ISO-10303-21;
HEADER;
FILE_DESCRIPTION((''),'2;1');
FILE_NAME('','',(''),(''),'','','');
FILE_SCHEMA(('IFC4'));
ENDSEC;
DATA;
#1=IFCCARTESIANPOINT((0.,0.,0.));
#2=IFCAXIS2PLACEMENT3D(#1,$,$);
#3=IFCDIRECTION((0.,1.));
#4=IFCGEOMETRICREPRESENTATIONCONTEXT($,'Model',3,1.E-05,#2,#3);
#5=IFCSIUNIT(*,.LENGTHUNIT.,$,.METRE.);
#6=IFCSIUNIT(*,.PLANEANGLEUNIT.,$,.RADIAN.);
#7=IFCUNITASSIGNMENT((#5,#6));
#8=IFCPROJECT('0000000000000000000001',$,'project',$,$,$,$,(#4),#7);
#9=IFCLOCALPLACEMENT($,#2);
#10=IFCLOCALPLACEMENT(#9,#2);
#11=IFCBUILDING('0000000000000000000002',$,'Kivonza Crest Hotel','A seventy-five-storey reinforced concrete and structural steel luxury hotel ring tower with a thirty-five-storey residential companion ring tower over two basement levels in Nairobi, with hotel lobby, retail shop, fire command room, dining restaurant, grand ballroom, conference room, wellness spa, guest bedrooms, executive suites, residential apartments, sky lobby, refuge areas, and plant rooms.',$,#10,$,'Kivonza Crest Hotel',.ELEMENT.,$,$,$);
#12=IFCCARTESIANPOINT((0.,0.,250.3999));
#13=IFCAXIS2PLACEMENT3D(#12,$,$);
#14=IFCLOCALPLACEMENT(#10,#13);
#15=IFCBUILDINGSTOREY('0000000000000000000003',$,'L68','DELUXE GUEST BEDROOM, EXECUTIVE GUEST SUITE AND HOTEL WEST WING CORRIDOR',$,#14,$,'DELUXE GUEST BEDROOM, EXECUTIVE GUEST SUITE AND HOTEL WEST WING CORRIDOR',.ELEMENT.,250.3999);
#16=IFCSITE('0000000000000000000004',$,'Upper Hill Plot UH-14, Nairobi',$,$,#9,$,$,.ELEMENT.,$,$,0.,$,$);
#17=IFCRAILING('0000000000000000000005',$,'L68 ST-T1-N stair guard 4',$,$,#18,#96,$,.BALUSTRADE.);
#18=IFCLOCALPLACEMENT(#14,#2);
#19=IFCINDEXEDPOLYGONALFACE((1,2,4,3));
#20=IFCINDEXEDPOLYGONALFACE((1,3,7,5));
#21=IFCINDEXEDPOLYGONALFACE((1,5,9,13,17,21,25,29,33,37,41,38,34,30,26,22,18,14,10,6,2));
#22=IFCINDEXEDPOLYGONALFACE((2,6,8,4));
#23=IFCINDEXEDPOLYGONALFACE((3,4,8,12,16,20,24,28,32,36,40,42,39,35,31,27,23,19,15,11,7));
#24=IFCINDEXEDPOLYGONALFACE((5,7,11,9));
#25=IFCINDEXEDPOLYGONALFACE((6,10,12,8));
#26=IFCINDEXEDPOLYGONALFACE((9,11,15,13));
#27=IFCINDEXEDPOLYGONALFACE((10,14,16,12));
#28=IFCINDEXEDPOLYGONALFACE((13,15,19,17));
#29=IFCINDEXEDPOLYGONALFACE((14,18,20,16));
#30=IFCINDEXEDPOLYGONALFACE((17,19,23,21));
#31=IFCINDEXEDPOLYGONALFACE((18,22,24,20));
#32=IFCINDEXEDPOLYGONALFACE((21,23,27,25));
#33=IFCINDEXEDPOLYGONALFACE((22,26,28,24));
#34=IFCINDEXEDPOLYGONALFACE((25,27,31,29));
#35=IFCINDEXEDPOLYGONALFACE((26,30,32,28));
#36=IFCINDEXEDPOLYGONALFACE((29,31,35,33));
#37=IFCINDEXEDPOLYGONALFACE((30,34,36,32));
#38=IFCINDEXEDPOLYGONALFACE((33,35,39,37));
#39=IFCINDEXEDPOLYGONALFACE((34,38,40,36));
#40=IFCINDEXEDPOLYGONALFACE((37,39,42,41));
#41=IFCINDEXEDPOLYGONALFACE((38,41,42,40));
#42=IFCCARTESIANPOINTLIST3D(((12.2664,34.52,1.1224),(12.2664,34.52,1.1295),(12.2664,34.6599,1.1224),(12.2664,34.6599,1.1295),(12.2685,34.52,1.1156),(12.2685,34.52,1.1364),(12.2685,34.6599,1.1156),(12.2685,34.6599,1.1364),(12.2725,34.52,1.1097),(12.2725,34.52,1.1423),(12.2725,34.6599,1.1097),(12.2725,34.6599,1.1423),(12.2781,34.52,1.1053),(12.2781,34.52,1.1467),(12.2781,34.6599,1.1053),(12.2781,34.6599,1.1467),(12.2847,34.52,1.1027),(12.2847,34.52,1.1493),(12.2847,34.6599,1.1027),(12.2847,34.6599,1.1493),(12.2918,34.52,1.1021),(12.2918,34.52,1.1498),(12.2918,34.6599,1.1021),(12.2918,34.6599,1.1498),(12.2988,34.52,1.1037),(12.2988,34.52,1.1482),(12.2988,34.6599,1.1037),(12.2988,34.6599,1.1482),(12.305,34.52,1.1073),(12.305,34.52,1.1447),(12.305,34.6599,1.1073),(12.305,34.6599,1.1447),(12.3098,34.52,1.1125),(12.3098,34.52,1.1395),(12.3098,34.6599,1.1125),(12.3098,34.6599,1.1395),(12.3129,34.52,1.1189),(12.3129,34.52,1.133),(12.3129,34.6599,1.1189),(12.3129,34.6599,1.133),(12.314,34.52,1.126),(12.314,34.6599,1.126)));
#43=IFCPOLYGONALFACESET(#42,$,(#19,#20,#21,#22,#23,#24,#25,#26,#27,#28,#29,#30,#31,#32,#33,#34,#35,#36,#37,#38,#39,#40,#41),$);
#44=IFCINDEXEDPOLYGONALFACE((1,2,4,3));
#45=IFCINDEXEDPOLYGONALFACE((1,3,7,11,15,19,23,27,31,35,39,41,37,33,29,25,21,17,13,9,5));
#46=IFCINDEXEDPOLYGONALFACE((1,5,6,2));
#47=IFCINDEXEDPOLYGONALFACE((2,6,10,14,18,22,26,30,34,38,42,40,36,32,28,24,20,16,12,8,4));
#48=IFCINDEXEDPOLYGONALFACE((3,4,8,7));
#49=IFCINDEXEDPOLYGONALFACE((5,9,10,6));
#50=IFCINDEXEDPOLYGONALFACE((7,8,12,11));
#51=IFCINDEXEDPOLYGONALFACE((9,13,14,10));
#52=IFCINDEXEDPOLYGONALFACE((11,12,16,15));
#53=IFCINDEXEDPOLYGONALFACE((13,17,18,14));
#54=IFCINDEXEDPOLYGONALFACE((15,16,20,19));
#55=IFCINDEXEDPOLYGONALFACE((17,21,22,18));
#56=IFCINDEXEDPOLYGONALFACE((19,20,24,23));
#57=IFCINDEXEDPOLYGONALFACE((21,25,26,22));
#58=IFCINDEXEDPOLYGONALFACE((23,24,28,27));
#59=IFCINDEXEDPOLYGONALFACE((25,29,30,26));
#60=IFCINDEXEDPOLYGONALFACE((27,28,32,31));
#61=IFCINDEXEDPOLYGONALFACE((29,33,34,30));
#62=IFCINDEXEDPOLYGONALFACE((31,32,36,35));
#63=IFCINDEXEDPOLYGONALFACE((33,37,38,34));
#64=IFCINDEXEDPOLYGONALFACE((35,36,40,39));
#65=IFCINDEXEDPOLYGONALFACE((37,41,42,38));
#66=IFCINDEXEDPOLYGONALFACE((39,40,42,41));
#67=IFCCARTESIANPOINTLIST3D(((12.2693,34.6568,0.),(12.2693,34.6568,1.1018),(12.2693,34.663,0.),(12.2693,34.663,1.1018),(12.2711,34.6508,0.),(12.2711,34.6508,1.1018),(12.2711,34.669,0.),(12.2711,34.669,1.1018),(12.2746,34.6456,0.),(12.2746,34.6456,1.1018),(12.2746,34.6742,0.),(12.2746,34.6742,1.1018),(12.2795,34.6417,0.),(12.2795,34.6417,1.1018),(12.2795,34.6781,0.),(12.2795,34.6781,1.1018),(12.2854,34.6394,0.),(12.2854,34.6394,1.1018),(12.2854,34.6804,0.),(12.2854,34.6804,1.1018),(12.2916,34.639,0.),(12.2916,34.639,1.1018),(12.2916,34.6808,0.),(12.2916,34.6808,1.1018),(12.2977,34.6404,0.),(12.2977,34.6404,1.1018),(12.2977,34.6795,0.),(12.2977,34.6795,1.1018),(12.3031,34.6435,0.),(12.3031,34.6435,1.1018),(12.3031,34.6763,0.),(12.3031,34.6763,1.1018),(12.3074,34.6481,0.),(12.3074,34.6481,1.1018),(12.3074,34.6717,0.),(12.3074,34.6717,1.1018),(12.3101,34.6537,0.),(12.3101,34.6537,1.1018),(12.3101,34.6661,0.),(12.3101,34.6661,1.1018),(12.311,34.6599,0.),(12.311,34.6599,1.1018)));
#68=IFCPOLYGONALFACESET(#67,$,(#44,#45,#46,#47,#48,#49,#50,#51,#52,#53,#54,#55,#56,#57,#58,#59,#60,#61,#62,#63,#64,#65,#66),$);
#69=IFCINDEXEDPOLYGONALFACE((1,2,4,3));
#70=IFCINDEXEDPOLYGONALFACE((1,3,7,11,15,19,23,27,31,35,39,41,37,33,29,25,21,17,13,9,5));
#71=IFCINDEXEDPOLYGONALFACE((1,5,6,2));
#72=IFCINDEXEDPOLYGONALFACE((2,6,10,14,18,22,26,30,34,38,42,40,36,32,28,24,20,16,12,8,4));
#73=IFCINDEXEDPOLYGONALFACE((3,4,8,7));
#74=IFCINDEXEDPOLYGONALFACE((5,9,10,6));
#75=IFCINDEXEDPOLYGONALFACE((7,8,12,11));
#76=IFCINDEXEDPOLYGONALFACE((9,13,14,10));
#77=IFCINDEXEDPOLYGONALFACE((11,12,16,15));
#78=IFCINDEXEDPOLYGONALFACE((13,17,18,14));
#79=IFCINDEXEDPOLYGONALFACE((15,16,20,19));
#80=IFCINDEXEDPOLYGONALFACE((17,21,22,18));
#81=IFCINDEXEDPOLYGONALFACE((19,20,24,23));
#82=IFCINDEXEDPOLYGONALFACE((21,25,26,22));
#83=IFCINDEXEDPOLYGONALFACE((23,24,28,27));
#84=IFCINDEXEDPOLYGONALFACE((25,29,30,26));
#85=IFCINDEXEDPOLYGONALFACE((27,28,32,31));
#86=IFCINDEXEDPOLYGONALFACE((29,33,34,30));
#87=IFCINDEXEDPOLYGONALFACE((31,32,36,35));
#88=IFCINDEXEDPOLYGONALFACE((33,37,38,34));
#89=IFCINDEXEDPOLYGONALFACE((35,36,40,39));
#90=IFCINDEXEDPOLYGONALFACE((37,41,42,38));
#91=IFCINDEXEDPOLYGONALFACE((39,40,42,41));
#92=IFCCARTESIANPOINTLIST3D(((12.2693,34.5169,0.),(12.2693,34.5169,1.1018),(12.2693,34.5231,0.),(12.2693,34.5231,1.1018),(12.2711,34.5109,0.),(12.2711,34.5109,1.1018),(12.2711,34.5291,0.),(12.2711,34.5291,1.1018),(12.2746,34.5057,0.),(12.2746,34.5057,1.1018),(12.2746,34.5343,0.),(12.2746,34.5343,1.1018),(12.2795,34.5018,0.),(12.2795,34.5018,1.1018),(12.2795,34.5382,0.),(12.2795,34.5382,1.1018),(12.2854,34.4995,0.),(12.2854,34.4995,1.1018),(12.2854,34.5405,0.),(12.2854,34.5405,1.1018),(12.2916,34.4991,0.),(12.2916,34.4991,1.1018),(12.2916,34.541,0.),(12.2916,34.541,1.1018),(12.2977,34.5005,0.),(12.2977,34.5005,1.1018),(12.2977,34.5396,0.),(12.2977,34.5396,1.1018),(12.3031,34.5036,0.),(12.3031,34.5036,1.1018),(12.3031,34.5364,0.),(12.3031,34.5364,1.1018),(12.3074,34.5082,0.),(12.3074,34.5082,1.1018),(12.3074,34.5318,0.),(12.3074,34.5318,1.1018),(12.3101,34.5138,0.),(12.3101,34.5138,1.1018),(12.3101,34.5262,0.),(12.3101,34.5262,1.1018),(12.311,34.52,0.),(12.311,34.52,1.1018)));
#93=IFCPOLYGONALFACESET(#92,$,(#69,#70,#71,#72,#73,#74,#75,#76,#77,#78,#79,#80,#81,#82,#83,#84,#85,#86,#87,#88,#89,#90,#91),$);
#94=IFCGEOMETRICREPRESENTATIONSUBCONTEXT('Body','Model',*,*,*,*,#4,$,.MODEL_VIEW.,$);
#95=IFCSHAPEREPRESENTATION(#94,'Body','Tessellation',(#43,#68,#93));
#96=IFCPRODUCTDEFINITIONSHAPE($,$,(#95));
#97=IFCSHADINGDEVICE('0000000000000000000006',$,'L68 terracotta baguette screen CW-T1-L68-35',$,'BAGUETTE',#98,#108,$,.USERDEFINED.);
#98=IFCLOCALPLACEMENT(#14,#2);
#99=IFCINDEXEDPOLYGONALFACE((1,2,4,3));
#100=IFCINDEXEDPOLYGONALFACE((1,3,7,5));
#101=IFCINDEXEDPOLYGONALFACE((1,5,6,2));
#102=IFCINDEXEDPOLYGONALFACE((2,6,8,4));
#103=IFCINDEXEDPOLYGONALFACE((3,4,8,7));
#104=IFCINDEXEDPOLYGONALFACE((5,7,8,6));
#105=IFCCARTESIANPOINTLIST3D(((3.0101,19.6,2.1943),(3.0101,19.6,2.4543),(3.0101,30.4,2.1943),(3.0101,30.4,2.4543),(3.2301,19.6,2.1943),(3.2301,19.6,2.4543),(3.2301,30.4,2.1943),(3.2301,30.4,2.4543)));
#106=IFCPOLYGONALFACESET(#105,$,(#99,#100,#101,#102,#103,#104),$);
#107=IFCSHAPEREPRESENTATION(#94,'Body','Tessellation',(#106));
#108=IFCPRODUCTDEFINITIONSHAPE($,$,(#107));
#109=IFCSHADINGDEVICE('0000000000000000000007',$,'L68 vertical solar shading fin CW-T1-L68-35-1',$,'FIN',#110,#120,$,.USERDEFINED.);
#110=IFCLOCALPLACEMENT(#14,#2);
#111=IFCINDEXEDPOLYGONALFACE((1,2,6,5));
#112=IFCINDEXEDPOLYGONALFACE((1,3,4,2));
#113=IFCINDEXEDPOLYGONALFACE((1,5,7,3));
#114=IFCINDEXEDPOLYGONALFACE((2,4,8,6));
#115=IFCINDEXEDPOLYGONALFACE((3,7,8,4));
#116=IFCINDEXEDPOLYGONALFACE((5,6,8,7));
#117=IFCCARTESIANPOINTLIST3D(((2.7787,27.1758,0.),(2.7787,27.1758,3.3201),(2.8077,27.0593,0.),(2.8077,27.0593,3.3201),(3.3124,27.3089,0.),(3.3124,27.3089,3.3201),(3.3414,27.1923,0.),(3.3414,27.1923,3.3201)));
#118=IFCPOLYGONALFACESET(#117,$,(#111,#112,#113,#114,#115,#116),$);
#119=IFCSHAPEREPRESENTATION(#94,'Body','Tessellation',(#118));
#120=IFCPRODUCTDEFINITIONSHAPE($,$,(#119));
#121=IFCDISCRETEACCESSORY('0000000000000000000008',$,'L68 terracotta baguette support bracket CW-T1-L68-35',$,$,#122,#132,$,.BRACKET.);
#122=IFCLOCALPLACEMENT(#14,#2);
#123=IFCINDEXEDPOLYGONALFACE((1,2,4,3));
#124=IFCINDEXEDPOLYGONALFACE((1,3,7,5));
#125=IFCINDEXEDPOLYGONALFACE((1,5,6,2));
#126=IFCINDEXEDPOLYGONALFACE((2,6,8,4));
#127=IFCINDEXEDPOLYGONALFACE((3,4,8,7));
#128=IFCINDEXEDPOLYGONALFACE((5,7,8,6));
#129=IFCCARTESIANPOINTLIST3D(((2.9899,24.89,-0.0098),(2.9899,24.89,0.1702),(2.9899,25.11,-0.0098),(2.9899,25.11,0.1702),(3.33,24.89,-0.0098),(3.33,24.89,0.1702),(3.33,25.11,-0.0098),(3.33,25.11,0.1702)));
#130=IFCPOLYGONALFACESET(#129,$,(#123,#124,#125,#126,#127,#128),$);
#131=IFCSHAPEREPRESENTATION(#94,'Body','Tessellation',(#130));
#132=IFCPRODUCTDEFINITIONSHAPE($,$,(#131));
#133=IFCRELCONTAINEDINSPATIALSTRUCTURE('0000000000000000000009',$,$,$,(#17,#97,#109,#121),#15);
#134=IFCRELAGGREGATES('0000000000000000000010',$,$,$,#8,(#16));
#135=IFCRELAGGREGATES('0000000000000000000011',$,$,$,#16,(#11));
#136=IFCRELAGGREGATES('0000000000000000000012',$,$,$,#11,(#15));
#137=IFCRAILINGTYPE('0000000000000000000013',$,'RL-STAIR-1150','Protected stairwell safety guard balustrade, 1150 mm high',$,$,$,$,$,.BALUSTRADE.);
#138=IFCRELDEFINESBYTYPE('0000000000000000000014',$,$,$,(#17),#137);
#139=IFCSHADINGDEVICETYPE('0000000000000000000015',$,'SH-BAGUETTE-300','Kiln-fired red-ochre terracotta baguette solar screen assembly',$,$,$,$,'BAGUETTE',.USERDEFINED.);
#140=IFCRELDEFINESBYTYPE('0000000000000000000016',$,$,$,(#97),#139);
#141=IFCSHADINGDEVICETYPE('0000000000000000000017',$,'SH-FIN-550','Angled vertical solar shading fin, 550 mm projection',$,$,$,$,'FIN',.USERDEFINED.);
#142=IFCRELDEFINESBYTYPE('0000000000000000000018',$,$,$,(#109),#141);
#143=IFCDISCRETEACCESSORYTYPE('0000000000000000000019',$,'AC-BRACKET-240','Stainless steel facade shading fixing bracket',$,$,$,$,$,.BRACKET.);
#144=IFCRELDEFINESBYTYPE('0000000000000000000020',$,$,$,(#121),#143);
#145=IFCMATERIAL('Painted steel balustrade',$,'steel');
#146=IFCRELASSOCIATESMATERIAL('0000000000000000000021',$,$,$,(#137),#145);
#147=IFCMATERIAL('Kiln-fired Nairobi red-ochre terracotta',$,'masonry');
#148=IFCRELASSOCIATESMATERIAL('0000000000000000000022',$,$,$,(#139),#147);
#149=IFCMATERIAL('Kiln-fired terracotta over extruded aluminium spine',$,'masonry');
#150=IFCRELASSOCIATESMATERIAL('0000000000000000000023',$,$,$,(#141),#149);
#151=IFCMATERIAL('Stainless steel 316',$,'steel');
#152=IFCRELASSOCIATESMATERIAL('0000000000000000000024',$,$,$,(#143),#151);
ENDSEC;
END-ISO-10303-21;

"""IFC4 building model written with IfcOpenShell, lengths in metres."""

from ifc_helpers import new_model, si_unit, direction, frame, origin, origin_2d, place, context, subcontext, project, spatial, rectangle, circle, extrude, material, type_object, element, save


model = new_model("IFC4")

# Units and contexts
model_context = context("Model", 3, precision=1e-05, world=origin(), true_north=direction((0.0, 1.0)))
body_context = subcontext(model_context, "Body", "Model", "MODEL_VIEW")
ifc_project = project(units=[si_unit("LENGTHUNIT", "METRE"), si_unit("PLANEANGLEUNIT", "RADIAN")], contexts=[model_context])

# Site, building, storey
site_placement = place(None, origin())
site = spatial("IfcSite", under=ifc_project, at=site_placement, Name="Upper Hill Plot UH-14, Nairobi", CompositionType="ELEMENT", RefElevation=0.0)
building_placement = place(site_placement, origin())
building = spatial("IfcBuilding", under=site, at=building_placement, Name="Kivonza Crest Hotel", Description="A seventy-five-storey reinforced concrete and structural steel luxury hotel ring tower with a thirty-five-storey residential companion ring tower over two basement levels in Nairobi, with hotel lobby, retail shop, fire command room, dining restaurant, grand ballroom, conference room, wellness spa, guest bedrooms, executive suites, residential apartments, sky lobby, refuge areas, and plant rooms.", LongName="Kivonza Crest Hotel", CompositionType="ELEMENT")
storey_placement = place(building_placement, frame((0.0, 0.0, 250.3999)))
storey = spatial("IfcBuildingStorey", under=building, at=storey_placement, Name="L68", Description="DELUXE GUEST BEDROOM, EXECUTIVE GUEST SUITE AND HOTEL WEST WING CORRIDOR", LongName="DELUXE GUEST BEDROOM, EXECUTIVE GUEST SUITE AND HOTEL WEST WING CORRIDOR", CompositionType="ELEMENT", Elevation=250.3999)

# Railing
ifc_material_1 = material(Name="Painted steel balustrade", Category="steel")
railing_type_1 = type_object("IfcRailingType", Name="RL-STAIR-1150", Description="Protected stairwell safety guard balustrade, 1150 mm high", PredefinedType="BALUSTRADE", material=ifc_material_1)
railing_1_placement = place(storey_placement, frame((12.29, 34.6599, 0.0)))
element("IfcRailing", 1, at=railing_1_placement, inside=storey, type_object=railing_type_1, Name="L68 ST-T1-N stair guard 4", PredefinedType="BALUSTRADE", context=body_context, shape_type="SweptSolid", body=[
    extrude(circle(Radius=0.0239, at=origin_2d()), frame((0.0, 0.0, 1.126), z_axis=(0.0, -1.0, 0.0), x_axis=(1.0, 0.0, 0.0)), (0.0, 0.0, 1.0), 0.1399),
    extrude(circle(Radius=0.021, at=origin_2d()), origin(), (0.0, 0.0, 1.0), 1.1018),
    extrude(circle(Radius=0.021, at=origin_2d()), frame((0.0, -0.1399, 0.0)), (0.0, 0.0, 1.0), 1.1018),
])

# Shading devices
ifc_material_2 = material(Name="Kiln-fired Nairobi red-ochre terracotta", Category="masonry")
shading_device_type_1 = type_object("IfcShadingDeviceType", Name="SH-BAGUETTE-300", Description="Kiln-fired red-ochre terracotta baguette solar screen assembly", ElementType="BAGUETTE", PredefinedType="USERDEFINED", material=ifc_material_2)
shading_device_1_placement = place(storey_placement, frame((3.1201, 25.0, 2.1943), z_axis=(0.0, 0.0, 1.0), x_axis=(0.0, -1.0, 0.0)))
element("IfcShadingDevice", 2, at=shading_device_1_placement, inside=storey, type_object=shading_device_type_1, Name="L68 terracotta baguette screen CW-T1-L68-35", ObjectType="BAGUETTE", PredefinedType="USERDEFINED", context=body_context, shape_type="SweptSolid", body=[
    extrude(rectangle(XDim=10.8, YDim=0.22, at=origin_2d()), origin(), (0.0, 0.0, 1.0), 0.26),
])
ifc_material_3 = material(Name="Kiln-fired terracotta over extruded aluminium spine", Category="masonry")
shading_device_type_2 = type_object("IfcShadingDeviceType", Name="SH-FIN-550", Description="Angled vertical solar shading fin, 550 mm projection", ElementType="FIN", PredefinedType="USERDEFINED", material=ifc_material_3)
shading_device_2_placement = place(storey_placement, frame((3.0601, 27.1841, 0.0), z_axis=(0.0, 0.0, 1.0), x_axis=(0.241922, -0.970296, 0.0)))
element("IfcShadingDevice", 3, at=shading_device_2_placement, inside=storey, type_object=shading_device_type_2, Name="L68 vertical solar shading fin CW-T1-L68-35-1", ObjectType="FIN", PredefinedType="USERDEFINED", context=body_context, shape_type="SweptSolid", body=[
    extrude(rectangle(XDim=0.1201, YDim=0.55, at=origin_2d()), origin(), (0.0, 0.0, 1.0), 3.3201),
])

# Discrete accessory
ifc_material_4 = material(Name="Stainless steel 316", Category="steel")
discrete_accessory_type = type_object("IfcDiscreteAccessoryType", Name="AC-BRACKET-240", Description="Stainless steel facade shading fixing bracket", PredefinedType="BRACKET", material=ifc_material_4)
discrete_accessory_placement = place(storey_placement, frame((3.1599, 25.0, -0.0098), z_axis=(0.0, 0.0, 1.0), x_axis=(0.0, -1.0, 0.0)))
element("IfcDiscreteAccessory", 4, at=discrete_accessory_placement, inside=storey, type_object=discrete_accessory_type, Name="L68 terracotta baguette support bracket CW-T1-L68-35", PredefinedType="BRACKET", context=body_context, shape_type="SweptSolid", body=[
    extrude(rectangle(XDim=0.22, YDim=0.3401, at=origin_2d()), origin(), (0.0, 0.0, 1.0), 0.1799),
])

save(model, "model.ifc")
